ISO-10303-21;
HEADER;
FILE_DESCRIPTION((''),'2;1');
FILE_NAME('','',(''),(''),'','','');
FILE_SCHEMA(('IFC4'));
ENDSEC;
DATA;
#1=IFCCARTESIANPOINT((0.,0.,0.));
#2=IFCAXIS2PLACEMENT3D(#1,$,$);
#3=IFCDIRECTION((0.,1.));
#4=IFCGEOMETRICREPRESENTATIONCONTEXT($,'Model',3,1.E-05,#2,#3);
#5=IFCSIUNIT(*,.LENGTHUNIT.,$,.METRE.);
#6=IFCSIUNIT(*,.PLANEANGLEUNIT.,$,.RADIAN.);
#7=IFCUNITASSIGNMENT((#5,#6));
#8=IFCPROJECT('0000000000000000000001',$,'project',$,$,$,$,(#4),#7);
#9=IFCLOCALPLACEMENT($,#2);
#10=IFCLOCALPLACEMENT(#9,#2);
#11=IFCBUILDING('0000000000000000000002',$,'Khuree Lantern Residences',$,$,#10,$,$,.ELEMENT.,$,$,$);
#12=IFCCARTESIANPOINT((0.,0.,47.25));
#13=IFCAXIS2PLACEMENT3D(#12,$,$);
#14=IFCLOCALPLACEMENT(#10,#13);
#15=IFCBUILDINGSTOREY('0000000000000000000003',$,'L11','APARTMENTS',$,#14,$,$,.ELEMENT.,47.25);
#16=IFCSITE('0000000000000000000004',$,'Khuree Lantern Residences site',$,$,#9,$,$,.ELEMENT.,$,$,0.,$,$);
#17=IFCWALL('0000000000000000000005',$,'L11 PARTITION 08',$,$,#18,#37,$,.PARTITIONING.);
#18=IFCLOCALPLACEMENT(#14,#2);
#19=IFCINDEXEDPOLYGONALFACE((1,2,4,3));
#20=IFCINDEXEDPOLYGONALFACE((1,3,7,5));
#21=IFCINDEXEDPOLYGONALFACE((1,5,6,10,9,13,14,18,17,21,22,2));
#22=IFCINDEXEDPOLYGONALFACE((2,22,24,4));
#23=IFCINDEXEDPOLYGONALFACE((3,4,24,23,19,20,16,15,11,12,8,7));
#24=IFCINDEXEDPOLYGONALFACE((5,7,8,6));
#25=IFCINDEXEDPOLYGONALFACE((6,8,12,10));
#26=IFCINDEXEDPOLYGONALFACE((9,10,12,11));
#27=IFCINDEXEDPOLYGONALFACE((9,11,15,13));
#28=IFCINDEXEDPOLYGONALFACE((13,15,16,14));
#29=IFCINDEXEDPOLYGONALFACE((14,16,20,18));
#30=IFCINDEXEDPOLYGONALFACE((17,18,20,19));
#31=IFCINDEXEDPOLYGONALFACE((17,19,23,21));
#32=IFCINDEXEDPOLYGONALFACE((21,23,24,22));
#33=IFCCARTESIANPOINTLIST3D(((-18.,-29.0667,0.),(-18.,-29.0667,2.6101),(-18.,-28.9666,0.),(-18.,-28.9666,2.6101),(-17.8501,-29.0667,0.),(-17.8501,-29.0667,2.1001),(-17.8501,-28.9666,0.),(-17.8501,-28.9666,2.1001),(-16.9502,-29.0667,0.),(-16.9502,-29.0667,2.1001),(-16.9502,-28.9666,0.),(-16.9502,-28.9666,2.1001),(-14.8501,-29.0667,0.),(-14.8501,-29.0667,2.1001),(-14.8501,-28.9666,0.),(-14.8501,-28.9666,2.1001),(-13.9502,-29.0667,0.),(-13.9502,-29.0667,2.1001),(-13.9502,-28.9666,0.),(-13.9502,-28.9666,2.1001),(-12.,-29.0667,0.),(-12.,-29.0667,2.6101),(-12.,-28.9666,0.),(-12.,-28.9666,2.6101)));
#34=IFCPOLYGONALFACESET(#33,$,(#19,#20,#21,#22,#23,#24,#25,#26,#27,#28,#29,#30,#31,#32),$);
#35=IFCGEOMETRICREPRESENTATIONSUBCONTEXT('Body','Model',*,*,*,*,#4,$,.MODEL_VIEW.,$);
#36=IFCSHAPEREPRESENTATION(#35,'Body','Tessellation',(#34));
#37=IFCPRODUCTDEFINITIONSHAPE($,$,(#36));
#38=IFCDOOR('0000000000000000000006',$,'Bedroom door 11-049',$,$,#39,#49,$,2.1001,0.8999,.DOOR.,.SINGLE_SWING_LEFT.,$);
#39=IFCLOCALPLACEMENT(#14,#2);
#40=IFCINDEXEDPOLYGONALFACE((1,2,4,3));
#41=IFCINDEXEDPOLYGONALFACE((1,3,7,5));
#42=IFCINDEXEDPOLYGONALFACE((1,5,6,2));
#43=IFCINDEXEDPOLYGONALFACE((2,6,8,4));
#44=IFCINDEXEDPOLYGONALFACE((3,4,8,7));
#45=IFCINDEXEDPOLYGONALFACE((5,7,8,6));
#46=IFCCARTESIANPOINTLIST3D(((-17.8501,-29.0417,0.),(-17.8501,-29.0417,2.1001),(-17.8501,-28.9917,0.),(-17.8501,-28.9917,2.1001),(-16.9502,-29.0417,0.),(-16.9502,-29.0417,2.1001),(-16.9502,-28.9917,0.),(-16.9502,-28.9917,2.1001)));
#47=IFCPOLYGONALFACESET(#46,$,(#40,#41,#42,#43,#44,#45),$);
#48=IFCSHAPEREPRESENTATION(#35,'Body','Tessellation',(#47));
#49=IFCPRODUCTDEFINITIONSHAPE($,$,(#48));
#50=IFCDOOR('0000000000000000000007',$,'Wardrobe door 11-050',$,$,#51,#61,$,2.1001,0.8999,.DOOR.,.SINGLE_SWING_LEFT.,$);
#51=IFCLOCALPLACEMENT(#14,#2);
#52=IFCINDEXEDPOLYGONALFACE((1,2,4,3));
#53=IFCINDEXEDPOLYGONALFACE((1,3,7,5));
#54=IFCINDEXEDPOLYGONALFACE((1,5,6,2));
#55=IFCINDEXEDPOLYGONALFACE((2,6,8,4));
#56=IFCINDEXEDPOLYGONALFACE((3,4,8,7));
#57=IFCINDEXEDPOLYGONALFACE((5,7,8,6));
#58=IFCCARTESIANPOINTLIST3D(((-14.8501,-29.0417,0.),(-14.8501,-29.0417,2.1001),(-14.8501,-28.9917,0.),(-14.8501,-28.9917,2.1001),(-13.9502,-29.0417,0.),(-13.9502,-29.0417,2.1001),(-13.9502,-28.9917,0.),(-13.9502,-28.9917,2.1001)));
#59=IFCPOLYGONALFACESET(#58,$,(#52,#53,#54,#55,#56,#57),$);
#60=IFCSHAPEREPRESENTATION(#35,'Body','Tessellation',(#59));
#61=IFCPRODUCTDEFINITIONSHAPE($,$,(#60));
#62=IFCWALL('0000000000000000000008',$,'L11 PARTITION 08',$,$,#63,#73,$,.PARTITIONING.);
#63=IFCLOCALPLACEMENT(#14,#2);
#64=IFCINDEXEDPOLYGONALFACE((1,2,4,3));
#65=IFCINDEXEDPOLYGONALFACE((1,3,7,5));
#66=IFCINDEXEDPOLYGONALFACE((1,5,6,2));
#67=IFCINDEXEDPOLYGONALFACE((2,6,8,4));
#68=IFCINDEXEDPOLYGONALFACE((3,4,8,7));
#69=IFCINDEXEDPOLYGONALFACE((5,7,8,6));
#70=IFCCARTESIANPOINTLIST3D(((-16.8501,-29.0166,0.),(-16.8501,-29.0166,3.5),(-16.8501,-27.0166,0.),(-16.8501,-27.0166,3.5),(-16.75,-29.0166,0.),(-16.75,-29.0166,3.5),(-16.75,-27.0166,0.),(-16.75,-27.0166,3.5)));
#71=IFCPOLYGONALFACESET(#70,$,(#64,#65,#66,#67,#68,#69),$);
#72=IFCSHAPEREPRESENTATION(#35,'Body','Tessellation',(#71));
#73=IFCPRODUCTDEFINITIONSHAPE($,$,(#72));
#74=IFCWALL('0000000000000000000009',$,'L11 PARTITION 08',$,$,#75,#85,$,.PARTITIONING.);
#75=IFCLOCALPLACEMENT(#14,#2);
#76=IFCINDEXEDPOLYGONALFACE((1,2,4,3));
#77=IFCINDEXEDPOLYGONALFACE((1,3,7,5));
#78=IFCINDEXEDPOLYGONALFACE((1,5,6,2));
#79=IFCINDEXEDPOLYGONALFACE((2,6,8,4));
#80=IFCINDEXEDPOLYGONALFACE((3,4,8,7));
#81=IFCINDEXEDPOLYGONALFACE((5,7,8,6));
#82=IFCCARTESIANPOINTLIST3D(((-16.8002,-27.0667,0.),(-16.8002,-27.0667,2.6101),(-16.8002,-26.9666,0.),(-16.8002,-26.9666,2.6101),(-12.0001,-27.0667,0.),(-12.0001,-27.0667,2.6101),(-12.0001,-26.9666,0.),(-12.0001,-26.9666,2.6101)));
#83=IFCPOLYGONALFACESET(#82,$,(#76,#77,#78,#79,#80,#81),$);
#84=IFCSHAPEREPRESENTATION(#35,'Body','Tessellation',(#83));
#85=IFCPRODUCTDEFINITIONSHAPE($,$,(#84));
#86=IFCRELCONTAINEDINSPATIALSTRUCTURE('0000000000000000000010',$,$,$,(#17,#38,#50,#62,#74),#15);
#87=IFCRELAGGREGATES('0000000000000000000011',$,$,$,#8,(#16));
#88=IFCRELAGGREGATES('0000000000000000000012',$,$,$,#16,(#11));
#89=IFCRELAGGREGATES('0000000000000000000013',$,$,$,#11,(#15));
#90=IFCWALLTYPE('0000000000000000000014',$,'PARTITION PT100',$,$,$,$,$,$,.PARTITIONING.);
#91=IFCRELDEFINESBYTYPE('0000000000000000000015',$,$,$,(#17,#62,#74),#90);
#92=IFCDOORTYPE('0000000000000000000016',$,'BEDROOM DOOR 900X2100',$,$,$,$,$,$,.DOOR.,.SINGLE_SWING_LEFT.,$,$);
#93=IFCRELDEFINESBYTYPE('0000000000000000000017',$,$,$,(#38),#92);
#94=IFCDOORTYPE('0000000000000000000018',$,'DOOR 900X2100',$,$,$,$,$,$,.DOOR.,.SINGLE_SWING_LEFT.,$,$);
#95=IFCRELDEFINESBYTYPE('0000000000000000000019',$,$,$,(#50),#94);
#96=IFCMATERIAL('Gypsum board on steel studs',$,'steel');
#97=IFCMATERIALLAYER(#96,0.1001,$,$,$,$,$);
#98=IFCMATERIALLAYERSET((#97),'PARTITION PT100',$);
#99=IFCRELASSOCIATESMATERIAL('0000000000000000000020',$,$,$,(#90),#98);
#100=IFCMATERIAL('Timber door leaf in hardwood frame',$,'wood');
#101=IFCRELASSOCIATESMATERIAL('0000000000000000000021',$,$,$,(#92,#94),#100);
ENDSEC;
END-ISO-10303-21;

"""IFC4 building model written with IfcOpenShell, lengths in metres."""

from ifc_helpers import new_model, si_unit, direction, frame, frame_2d, origin, place, context, subcontext, project, spatial, rectangle, extrude, material, layer, layer_set, type_object, element, fill, save


model = new_model("IFC4")

# Units and contexts
model_context = context("Model", 3, precision=1e-05, world=origin(), true_north=direction((0.0, 1.0)))
body_context = subcontext(model_context, "Body", "Model", "MODEL_VIEW")
ifc_project = project(units=[si_unit("LENGTHUNIT", "METRE"), si_unit("PLANEANGLEUNIT", "RADIAN")], contexts=[model_context])

# Site, building, storey
site_placement = place(None, origin())
site = spatial("IfcSite", under=ifc_project, at=site_placement, Name="Khuree Lantern Residences site", CompositionType="ELEMENT", RefElevation=0.0)
building_placement = place(site_placement, origin())
building = spatial("IfcBuilding", under=site, at=building_placement, Name="Khuree Lantern Residences", CompositionType="ELEMENT")
storey_placement = place(building_placement, frame((0.0, 0.0, 47.25)))
storey = spatial("IfcBuildingStorey", under=building, at=storey_placement, Name="L11", Description="APARTMENTS", CompositionType="ELEMENT", Elevation=47.25)

# Shared definitions
ifc_material_1 = material(Name="Timber door leaf in hardwood frame", Category="wood")

# Shared definitions
ifc_material_2 = material(Name="Gypsum board on steel studs", Category="steel")
ifc_layer_1 = layer(ifc_material_2, 0.1001)
ifc_layer_set_1 = layer_set([ifc_layer_1], Name="PARTITION PT100")
wall_type_1 = type_object("IfcWallType", Name="PARTITION PT100", PredefinedType="PARTITIONING", material=ifc_layer_set_1)

# Wall, openings, doors
wall_1_placement = place(storey_placement, frame((-18.0, -29.0166, 0.0), z_axis=(0.0, 0.0, 1.0), x_axis=(1.0, 0.0, 0.0)))
wall_1 = element("IfcWall", 1, at=wall_1_placement, inside=storey, type_object=wall_type_1, Name="L11 PARTITION 08", PredefinedType="PARTITIONING", context=body_context, shape_type="SweptSolid", body=[
    extrude(rectangle(XDim=6.0, YDim=0.1001, at=frame_2d((3.0, 0.0))), origin(), (0.0, 0.0, 1.0), 2.6101),
])
opening_1_placement = place(wall_1_placement, frame((0.1499, 0.0, 0.0)))
opening_1 = element("IfcOpeningElement", 2, at=opening_1_placement, cuts=wall_1, PredefinedType="OPENING", context=body_context, shape_type="SweptSolid", body=[
    extrude(rectangle(XDim=0.8999, YDim=2.1001, at=frame_2d((0.45, 1.05))), frame((0.0, 0.0601, 0.0), z_axis=(0.0, -1.0, 0.0), x_axis=(1.0, 0.0, 0.0)), (0.0, 0.0, 1.0), 0.1201),
])
opening_2_placement = place(wall_1_placement, frame((3.1499, 0.0, 0.0)))
opening_2 = element("IfcOpeningElement", 3, at=opening_2_placement, cuts=wall_1, PredefinedType="OPENING", context=body_context, shape_type="SweptSolid", body=[
    extrude(rectangle(XDim=0.8999, YDim=2.1001, at=frame_2d((0.45, 1.05))), frame((0.0, 0.0601, 0.0), z_axis=(0.0, -1.0, 0.0), x_axis=(1.0, 0.0, 0.0)), (0.0, 0.0, 1.0), 0.1201),
])
door_type_1 = type_object("IfcDoorType", Name="BEDROOM DOOR 900X2100", OperationType="SINGLE_SWING_LEFT", PredefinedType="DOOR", material=ifc_material_1)
door_1_placement = place(opening_1_placement, origin())
door_1 = element("IfcDoor", 4, at=door_1_placement, inside=storey, type_object=door_type_1, Name="Bedroom door 11-049", OperationType="SINGLE_SWING_LEFT", OverallHeight=2.1001, OverallWidth=0.8999, PredefinedType="DOOR", context=body_context, shape_type="SweptSolid", body=[
    extrude(rectangle(XDim=0.8999, YDim=2.1001, at=frame_2d((0.45, 1.05))), frame((0.0, 0.0249, 0.0), z_axis=(0.0, -1.0, 0.0), x_axis=(1.0, 0.0, 0.0)), (0.0, 0.0, 1.0), 0.05),
])
fill(opening_1, door_1)
door_type_2 = type_object("IfcDoorType", Name="DOOR 900X2100", OperationType="SINGLE_SWING_LEFT", PredefinedType="DOOR", material=ifc_material_1)
door_2_placement = place(opening_2_placement, origin())
door_2 = element("IfcDoor", 5, at=door_2_placement, inside=storey, type_object=door_type_2, Name="Wardrobe door 11-050", OperationType="SINGLE_SWING_LEFT", OverallHeight=2.1001, OverallWidth=0.8999, PredefinedType="DOOR", context=body_context, shape_type="SweptSolid", body=[
    extrude(rectangle(XDim=0.8999, YDim=2.1001, at=frame_2d((0.45, 1.05))), frame((0.0, 0.0249, 0.0), z_axis=(0.0, -1.0, 0.0), x_axis=(1.0, 0.0, 0.0)), (0.0, 0.0, 1.0), 0.05),
])
fill(opening_2, door_2)

# Walls
wall_2_placement = place(storey_placement, frame((-16.8, -27.0166, 0.0), z_axis=(0.0, 0.0, 1.0), x_axis=(0.0, -1.0, 0.0)))
element("IfcWall", 6, at=wall_2_placement, inside=storey, type_object=wall_type_1, Name="L11 PARTITION 08", PredefinedType="PARTITIONING", context=body_context, shape_type="SweptSolid", body=[
    extrude(rectangle(XDim=2.0, YDim=0.1001, at=frame_2d((1.0, 0.0))), origin(), (0.0, 0.0, 1.0), 3.5),
])
wall_3_placement = place(storey_placement, frame((-16.8, -27.0166, 0.0), z_axis=(0.0, 0.0, 1.0), x_axis=(1.0, 0.0, 0.0)))
element("IfcWall", 7, at=wall_3_placement, inside=storey, type_object=wall_type_1, Name="L11 PARTITION 08", PredefinedType="PARTITIONING", context=body_context, shape_type="SweptSolid", body=[
    extrude(rectangle(XDim=4.8, YDim=0.1001, at=frame_2d((2.3999, 0.0))), origin(), (0.0, 0.0, 1.0), 2.6101),
])

save(model, "model.ifc")
